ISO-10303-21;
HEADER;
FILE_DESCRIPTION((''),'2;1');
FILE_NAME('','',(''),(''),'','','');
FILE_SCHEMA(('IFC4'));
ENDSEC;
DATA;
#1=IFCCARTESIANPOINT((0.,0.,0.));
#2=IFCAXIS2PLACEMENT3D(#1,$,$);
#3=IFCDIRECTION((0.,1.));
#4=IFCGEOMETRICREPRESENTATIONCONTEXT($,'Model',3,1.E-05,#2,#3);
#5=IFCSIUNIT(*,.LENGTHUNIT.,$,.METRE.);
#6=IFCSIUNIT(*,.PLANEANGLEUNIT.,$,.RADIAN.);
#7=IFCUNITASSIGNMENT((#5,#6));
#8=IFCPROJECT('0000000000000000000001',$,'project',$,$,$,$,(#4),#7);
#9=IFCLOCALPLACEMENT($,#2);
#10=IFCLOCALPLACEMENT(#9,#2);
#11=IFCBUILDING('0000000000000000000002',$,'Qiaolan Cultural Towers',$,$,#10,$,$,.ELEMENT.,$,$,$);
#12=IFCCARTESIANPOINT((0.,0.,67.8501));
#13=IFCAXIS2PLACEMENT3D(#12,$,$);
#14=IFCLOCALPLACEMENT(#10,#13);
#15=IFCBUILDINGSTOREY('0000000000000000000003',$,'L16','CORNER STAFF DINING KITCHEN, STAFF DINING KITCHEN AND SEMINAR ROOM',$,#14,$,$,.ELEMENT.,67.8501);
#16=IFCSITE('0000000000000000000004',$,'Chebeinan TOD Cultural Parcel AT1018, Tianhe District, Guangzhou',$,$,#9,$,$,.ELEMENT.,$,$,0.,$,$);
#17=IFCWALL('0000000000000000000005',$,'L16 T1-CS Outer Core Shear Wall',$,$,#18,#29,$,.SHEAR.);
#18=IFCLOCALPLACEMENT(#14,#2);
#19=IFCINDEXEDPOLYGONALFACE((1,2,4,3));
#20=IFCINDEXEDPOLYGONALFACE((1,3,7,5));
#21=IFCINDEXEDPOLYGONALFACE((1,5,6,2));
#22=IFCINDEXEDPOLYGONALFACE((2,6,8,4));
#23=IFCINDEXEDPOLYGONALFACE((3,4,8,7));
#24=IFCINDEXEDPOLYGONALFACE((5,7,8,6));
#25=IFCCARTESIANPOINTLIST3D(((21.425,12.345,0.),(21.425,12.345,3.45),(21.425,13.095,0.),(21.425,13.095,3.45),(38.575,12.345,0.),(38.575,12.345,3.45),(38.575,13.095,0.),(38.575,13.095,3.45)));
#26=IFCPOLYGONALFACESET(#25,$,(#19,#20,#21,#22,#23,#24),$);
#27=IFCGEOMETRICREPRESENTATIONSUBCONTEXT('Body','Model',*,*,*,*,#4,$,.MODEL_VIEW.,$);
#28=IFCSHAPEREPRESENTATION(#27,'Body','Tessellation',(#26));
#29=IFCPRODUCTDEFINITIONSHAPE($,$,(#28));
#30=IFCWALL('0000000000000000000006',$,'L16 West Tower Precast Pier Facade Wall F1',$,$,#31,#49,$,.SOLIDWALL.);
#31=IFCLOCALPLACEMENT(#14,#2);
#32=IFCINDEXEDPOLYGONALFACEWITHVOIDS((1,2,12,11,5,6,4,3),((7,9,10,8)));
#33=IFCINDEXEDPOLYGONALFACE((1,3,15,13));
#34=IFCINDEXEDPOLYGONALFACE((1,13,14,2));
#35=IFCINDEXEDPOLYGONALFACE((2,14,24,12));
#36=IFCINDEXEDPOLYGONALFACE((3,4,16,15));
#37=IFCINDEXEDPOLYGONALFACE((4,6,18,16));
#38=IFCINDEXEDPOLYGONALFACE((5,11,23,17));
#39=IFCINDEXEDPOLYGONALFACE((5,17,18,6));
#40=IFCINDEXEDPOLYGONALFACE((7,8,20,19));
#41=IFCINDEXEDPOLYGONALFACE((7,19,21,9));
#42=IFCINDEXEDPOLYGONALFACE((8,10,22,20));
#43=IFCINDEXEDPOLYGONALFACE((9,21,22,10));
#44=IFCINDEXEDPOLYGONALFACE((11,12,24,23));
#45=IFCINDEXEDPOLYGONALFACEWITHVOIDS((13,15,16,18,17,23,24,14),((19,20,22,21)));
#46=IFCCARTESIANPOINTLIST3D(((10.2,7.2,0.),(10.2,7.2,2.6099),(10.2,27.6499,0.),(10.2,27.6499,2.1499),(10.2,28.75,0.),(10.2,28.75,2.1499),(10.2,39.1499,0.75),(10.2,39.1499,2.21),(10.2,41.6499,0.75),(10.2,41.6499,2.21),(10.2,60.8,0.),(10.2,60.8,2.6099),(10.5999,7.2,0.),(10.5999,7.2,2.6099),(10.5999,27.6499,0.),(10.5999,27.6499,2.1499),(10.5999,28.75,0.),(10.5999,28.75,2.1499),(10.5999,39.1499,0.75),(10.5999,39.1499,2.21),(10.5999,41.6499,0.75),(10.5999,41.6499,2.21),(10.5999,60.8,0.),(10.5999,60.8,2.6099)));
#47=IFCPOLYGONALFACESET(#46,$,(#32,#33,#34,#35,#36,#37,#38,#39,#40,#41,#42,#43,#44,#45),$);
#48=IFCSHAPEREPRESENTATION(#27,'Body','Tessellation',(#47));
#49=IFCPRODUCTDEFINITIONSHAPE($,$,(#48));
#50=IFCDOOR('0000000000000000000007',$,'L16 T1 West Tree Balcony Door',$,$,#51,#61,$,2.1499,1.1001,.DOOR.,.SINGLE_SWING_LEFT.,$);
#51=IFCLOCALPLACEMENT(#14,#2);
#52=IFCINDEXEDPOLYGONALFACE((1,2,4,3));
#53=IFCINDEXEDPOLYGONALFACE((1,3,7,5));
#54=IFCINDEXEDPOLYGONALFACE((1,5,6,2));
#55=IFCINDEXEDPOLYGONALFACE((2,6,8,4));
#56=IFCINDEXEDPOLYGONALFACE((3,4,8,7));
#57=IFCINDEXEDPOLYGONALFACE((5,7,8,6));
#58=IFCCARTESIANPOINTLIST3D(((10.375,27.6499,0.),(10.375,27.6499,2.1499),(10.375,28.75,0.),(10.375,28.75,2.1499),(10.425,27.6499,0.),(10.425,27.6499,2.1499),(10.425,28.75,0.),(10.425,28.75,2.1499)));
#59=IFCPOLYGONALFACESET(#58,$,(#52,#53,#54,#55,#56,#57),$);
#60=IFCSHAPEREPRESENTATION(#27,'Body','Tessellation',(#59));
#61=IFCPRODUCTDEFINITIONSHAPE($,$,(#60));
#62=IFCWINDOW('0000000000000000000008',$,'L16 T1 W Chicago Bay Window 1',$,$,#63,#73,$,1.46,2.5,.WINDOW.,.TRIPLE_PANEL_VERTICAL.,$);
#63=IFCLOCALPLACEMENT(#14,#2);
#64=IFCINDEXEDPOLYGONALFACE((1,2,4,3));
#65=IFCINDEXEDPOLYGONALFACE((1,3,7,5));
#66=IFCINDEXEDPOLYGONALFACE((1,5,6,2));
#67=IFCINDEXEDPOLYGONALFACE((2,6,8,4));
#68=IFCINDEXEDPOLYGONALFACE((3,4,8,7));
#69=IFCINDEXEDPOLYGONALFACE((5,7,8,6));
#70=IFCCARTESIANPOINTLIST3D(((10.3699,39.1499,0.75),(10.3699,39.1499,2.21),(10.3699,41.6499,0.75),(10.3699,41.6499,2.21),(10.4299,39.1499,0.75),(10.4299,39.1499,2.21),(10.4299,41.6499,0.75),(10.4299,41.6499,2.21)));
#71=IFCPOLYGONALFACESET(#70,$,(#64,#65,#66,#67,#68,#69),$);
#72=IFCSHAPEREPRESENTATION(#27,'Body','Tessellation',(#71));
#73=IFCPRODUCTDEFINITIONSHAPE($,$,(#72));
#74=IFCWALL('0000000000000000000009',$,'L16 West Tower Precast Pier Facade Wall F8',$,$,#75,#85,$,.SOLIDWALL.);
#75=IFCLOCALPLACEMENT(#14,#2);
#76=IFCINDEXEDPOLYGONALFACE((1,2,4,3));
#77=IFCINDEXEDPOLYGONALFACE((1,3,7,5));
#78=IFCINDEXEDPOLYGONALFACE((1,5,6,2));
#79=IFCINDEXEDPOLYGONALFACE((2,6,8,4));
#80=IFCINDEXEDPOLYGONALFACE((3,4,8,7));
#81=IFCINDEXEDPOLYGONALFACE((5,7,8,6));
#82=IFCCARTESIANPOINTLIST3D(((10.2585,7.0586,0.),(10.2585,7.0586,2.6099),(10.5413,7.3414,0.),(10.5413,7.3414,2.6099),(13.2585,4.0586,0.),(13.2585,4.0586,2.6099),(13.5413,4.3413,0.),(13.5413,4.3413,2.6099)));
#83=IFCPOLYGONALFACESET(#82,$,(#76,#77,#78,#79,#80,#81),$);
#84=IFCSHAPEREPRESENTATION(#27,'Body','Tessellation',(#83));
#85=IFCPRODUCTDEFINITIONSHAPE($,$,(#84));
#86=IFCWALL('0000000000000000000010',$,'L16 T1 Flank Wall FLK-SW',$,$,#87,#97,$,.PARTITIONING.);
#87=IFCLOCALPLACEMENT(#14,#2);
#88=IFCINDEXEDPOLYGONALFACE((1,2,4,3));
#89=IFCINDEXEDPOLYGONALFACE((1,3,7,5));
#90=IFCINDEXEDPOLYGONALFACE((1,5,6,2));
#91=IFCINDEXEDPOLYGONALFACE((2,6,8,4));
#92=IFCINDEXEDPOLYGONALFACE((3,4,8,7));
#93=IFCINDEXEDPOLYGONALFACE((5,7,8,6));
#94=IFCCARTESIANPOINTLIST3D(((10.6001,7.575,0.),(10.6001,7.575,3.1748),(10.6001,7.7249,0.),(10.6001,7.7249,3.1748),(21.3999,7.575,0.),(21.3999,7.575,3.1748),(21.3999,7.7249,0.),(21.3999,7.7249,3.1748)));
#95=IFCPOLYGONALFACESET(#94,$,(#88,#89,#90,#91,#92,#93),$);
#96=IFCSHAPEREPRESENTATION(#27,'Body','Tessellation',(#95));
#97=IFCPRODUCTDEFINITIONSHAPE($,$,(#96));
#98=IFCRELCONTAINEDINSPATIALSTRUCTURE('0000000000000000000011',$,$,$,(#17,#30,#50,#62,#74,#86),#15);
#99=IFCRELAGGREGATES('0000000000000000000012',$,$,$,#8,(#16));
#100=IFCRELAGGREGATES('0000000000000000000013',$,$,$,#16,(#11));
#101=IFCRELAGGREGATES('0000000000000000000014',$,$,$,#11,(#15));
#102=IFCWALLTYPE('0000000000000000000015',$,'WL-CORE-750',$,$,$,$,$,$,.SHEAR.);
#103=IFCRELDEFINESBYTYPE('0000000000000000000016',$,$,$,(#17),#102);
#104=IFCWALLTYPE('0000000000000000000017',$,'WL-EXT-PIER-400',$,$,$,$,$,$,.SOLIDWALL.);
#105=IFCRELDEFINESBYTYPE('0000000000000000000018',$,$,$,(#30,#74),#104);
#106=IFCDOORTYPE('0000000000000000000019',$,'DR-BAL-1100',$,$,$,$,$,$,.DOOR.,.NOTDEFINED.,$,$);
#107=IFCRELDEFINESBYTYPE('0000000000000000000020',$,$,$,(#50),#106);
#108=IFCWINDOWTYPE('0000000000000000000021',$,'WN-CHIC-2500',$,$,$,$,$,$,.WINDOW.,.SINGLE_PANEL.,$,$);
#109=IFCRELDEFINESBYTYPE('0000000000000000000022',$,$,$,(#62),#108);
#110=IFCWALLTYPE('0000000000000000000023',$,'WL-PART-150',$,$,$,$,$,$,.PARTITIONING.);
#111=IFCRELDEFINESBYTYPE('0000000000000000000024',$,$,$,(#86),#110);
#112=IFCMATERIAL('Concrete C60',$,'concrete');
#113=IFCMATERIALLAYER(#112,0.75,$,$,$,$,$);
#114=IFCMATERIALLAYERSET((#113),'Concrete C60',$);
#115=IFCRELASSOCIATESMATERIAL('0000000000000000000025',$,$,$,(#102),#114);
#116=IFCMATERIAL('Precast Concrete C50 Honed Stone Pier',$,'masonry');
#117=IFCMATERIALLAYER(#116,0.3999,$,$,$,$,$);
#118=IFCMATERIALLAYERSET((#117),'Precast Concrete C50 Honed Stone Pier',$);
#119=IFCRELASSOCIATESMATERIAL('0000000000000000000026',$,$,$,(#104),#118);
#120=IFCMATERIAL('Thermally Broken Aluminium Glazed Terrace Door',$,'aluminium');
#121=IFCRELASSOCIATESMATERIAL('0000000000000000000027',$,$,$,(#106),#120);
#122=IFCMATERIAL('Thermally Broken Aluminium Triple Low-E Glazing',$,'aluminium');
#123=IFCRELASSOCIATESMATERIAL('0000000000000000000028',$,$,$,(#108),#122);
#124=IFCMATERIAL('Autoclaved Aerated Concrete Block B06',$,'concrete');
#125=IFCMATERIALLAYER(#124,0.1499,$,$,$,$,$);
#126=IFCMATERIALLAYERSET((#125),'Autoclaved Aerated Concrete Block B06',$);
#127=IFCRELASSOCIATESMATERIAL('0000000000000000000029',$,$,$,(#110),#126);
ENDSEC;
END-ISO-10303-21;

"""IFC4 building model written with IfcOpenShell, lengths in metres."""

from ifc_helpers import new_model, si_unit, direction, frame, frame_2d, origin, place, context, subcontext, project, spatial, rectangle, extrude, material, layer, layer_set, type_object, element, fill, save


model = new_model("IFC4")

# Units and contexts
model_context = context("Model", 3, precision=1e-05, world=origin(), true_north=direction((0.0, 1.0)))
body_context = subcontext(model_context, "Body", "Model", "MODEL_VIEW")
ifc_project = project(units=[si_unit("LENGTHUNIT", "METRE"), si_unit("PLANEANGLEUNIT", "RADIAN")], contexts=[model_context])

# Site, building, storey
site_placement = place(None, origin())
site = spatial("IfcSite", under=ifc_project, at=site_placement, Name="Chebeinan TOD Cultural Parcel AT1018, Tianhe District, Guangzhou", CompositionType="ELEMENT", RefElevation=0.0)
building_placement = place(site_placement, origin())
building = spatial("IfcBuilding", under=site, at=building_placement, Name="Qiaolan Cultural Towers", CompositionType="ELEMENT")
storey_placement = place(building_placement, frame((0.0, 0.0, 67.8501)))
storey = spatial("IfcBuildingStorey", under=building, at=storey_placement, Name="L16", Description="CORNER STAFF DINING KITCHEN, STAFF DINING KITCHEN AND SEMINAR ROOM", CompositionType="ELEMENT", Elevation=67.8501)

# Wall
ifc_material_1 = material(Name="Concrete C60", Category="concrete")
ifc_layer_1 = layer(ifc_material_1, 0.75)
ifc_layer_set_1 = layer_set([ifc_layer_1], Name="Concrete C60")
wall_type_1 = type_object("IfcWallType", Name="WL-CORE-750", PredefinedType="SHEAR", material=ifc_layer_set_1)
wall_1_placement = place(storey_placement, frame((21.425, 12.72, 0.0), z_axis=(0.0, 0.0, 1.0), x_axis=(1.0, 0.0, 0.0)))
element("IfcWall", 1, at=wall_1_placement, inside=storey, type_object=wall_type_1, Name="L16 T1-CS Outer Core Shear Wall", PredefinedType="SHEAR", context=body_context, shape_type="SweptSolid", body=[
    extrude(rectangle(XDim=17.1499, YDim=0.75, at=frame_2d((8.575, 0.0))), origin(), (0.0, 0.0, 1.0), 3.45),
])

# Wall, openings, door, window
ifc_material_2 = material(Name="Precast Concrete C50 Honed Stone Pier", Category="masonry")
ifc_layer_2 = layer(ifc_material_2, 0.3999)
ifc_layer_set_2 = layer_set([ifc_layer_2], Name="Precast Concrete C50 Honed Stone Pier")
wall_type_2 = type_object("IfcWallType", Name="WL-EXT-PIER-400", PredefinedType="SOLIDWALL", material=ifc_layer_set_2)
wall_2_placement = place(storey_placement, frame((10.3999, 7.2, 0.0), z_axis=(0.0, 0.0, 1.0), x_axis=(0.0, 1.0, 0.0)))
wall_2 = element("IfcWall", 2, at=wall_2_placement, inside=storey, type_object=wall_type_2, Name="L16 West Tower Precast Pier Facade Wall F1", PredefinedType="SOLIDWALL", context=body_context, shape_type="SweptSolid", body=[
    extrude(rectangle(XDim=53.6001, YDim=0.3999, at=frame_2d((26.8, 0.0))), origin(), (0.0, 0.0, 1.0), 2.6099),
])
opening_1_placement = place(wall_2_placement, frame((31.95, 0.0, 0.75)))
opening_1 = element("IfcOpeningElement", 3, at=opening_1_placement, cuts=wall_2, PredefinedType="OPENING", context=body_context, shape_type="SweptSolid", body=[
    extrude(rectangle(XDim=2.5, YDim=1.46, at=frame_2d((1.25, 0.73))), frame((0.0, 0.21, 0.0), z_axis=(0.0, -1.0, 0.0), x_axis=(1.0, 0.0, 0.0)), (0.0, 0.0, 1.0), 0.4199),
])
opening_2_placement = place(wall_2_placement, frame((20.45, 0.0, 0.0)))
opening_2 = element("IfcOpeningElement", 4, at=opening_2_placement, cuts=wall_2, PredefinedType="OPENING", context=body_context, shape_type="SweptSolid", body=[
    extrude(rectangle(XDim=1.1001, YDim=2.1499, at=frame_2d((0.55, 1.075))), frame((0.0, 0.21, 0.0), z_axis=(0.0, -1.0, 0.0), x_axis=(1.0, 0.0, 0.0)), (0.0, 0.0, 1.0), 0.4199),
])
ifc_material_3 = material(Name="Thermally Broken Aluminium Glazed Terrace Door", Category="aluminium")
door_type = type_object("IfcDoorType", Name="DR-BAL-1100", OperationType="NOTDEFINED", PredefinedType="DOOR", material=ifc_material_3)
door_placement = place(opening_2_placement, origin())
door = element("IfcDoor", 5, at=door_placement, inside=storey, type_object=door_type, Name="L16 T1 West Tree Balcony Door", OperationType="SINGLE_SWING_LEFT", OverallHeight=2.1499, OverallWidth=1.1001, PredefinedType="DOOR", context=body_context, shape_type="SweptSolid", body=[
    extrude(rectangle(XDim=1.1001, YDim=2.1499, at=frame_2d((0.55, 1.075))), frame((0.0, 0.0249, 0.0), z_axis=(0.0, -1.0, 0.0), x_axis=(1.0, 0.0, 0.0)), (0.0, 0.0, 1.0), 0.05),
])
fill(opening_2, door)
ifc_material_4 = material(Name="Thermally Broken Aluminium Triple Low-E Glazing", Category="aluminium")
window_type = type_object("IfcWindowType", Name="WN-CHIC-2500", PartitioningType="SINGLE_PANEL", PredefinedType="WINDOW", material=ifc_material_4)
window_placement = place(opening_1_placement, origin())
window = element("IfcWindow", 6, at=window_placement, inside=storey, type_object=window_type, Name="L16 T1 W Chicago Bay Window 1", OverallHeight=1.46, OverallWidth=2.5, PartitioningType="TRIPLE_PANEL_VERTICAL", PredefinedType="WINDOW", context=body_context, shape_type="SweptSolid", body=[
    extrude(rectangle(XDim=2.5, YDim=1.46, at=frame_2d((1.25, 0.73))), frame((0.0, 0.03, 0.0), z_axis=(0.0, -1.0, 0.0), x_axis=(1.0, 0.0, 0.0)), (0.0, 0.0, 1.0), 0.0601),
])
fill(opening_1, window)

# Walls
wall_3_placement = place(storey_placement, frame((13.3999, 4.2, 0.0), z_axis=(0.0, 0.0, 1.0), x_axis=(-0.707107, 0.707107, 0.0)))
element("IfcWall", 7, at=wall_3_placement, inside=storey, type_object=wall_type_2, Name="L16 West Tower Precast Pier Facade Wall F8", PredefinedType="SOLIDWALL", context=body_context, shape_type="SweptSolid", body=[
    extrude(rectangle(XDim=4.2427, YDim=0.3999, at=frame_2d((2.1213, 0.0))), origin(), (0.0, 0.0, 1.0), 2.6099),
])
ifc_material_5 = material(Name="Autoclaved Aerated Concrete Block B06", Category="concrete")
ifc_layer_3 = layer(ifc_material_5, 0.1499)
ifc_layer_set_3 = layer_set([ifc_layer_3], Name="Autoclaved Aerated Concrete Block B06")
wall_type_3 = type_object("IfcWallType", Name="WL-PART-150", PredefinedType="PARTITIONING", material=ifc_layer_set_3)
wall_4_placement = place(storey_placement, frame((10.6001, 7.6499, 0.0), z_axis=(0.0, 0.0, 1.0), x_axis=(1.0, 0.0, 0.0)))
element("IfcWall", 8, at=wall_4_placement, inside=storey, type_object=wall_type_3, Name="L16 T1 Flank Wall FLK-SW", PredefinedType="PARTITIONING", context=body_context, shape_type="SweptSolid", body=[
    extrude(rectangle(XDim=10.7998, YDim=0.1499, at=frame_2d((5.3999, 0.0))), origin(), (0.0, 0.0, 1.0), 3.1748),
])

save(model, "model.ifc")
